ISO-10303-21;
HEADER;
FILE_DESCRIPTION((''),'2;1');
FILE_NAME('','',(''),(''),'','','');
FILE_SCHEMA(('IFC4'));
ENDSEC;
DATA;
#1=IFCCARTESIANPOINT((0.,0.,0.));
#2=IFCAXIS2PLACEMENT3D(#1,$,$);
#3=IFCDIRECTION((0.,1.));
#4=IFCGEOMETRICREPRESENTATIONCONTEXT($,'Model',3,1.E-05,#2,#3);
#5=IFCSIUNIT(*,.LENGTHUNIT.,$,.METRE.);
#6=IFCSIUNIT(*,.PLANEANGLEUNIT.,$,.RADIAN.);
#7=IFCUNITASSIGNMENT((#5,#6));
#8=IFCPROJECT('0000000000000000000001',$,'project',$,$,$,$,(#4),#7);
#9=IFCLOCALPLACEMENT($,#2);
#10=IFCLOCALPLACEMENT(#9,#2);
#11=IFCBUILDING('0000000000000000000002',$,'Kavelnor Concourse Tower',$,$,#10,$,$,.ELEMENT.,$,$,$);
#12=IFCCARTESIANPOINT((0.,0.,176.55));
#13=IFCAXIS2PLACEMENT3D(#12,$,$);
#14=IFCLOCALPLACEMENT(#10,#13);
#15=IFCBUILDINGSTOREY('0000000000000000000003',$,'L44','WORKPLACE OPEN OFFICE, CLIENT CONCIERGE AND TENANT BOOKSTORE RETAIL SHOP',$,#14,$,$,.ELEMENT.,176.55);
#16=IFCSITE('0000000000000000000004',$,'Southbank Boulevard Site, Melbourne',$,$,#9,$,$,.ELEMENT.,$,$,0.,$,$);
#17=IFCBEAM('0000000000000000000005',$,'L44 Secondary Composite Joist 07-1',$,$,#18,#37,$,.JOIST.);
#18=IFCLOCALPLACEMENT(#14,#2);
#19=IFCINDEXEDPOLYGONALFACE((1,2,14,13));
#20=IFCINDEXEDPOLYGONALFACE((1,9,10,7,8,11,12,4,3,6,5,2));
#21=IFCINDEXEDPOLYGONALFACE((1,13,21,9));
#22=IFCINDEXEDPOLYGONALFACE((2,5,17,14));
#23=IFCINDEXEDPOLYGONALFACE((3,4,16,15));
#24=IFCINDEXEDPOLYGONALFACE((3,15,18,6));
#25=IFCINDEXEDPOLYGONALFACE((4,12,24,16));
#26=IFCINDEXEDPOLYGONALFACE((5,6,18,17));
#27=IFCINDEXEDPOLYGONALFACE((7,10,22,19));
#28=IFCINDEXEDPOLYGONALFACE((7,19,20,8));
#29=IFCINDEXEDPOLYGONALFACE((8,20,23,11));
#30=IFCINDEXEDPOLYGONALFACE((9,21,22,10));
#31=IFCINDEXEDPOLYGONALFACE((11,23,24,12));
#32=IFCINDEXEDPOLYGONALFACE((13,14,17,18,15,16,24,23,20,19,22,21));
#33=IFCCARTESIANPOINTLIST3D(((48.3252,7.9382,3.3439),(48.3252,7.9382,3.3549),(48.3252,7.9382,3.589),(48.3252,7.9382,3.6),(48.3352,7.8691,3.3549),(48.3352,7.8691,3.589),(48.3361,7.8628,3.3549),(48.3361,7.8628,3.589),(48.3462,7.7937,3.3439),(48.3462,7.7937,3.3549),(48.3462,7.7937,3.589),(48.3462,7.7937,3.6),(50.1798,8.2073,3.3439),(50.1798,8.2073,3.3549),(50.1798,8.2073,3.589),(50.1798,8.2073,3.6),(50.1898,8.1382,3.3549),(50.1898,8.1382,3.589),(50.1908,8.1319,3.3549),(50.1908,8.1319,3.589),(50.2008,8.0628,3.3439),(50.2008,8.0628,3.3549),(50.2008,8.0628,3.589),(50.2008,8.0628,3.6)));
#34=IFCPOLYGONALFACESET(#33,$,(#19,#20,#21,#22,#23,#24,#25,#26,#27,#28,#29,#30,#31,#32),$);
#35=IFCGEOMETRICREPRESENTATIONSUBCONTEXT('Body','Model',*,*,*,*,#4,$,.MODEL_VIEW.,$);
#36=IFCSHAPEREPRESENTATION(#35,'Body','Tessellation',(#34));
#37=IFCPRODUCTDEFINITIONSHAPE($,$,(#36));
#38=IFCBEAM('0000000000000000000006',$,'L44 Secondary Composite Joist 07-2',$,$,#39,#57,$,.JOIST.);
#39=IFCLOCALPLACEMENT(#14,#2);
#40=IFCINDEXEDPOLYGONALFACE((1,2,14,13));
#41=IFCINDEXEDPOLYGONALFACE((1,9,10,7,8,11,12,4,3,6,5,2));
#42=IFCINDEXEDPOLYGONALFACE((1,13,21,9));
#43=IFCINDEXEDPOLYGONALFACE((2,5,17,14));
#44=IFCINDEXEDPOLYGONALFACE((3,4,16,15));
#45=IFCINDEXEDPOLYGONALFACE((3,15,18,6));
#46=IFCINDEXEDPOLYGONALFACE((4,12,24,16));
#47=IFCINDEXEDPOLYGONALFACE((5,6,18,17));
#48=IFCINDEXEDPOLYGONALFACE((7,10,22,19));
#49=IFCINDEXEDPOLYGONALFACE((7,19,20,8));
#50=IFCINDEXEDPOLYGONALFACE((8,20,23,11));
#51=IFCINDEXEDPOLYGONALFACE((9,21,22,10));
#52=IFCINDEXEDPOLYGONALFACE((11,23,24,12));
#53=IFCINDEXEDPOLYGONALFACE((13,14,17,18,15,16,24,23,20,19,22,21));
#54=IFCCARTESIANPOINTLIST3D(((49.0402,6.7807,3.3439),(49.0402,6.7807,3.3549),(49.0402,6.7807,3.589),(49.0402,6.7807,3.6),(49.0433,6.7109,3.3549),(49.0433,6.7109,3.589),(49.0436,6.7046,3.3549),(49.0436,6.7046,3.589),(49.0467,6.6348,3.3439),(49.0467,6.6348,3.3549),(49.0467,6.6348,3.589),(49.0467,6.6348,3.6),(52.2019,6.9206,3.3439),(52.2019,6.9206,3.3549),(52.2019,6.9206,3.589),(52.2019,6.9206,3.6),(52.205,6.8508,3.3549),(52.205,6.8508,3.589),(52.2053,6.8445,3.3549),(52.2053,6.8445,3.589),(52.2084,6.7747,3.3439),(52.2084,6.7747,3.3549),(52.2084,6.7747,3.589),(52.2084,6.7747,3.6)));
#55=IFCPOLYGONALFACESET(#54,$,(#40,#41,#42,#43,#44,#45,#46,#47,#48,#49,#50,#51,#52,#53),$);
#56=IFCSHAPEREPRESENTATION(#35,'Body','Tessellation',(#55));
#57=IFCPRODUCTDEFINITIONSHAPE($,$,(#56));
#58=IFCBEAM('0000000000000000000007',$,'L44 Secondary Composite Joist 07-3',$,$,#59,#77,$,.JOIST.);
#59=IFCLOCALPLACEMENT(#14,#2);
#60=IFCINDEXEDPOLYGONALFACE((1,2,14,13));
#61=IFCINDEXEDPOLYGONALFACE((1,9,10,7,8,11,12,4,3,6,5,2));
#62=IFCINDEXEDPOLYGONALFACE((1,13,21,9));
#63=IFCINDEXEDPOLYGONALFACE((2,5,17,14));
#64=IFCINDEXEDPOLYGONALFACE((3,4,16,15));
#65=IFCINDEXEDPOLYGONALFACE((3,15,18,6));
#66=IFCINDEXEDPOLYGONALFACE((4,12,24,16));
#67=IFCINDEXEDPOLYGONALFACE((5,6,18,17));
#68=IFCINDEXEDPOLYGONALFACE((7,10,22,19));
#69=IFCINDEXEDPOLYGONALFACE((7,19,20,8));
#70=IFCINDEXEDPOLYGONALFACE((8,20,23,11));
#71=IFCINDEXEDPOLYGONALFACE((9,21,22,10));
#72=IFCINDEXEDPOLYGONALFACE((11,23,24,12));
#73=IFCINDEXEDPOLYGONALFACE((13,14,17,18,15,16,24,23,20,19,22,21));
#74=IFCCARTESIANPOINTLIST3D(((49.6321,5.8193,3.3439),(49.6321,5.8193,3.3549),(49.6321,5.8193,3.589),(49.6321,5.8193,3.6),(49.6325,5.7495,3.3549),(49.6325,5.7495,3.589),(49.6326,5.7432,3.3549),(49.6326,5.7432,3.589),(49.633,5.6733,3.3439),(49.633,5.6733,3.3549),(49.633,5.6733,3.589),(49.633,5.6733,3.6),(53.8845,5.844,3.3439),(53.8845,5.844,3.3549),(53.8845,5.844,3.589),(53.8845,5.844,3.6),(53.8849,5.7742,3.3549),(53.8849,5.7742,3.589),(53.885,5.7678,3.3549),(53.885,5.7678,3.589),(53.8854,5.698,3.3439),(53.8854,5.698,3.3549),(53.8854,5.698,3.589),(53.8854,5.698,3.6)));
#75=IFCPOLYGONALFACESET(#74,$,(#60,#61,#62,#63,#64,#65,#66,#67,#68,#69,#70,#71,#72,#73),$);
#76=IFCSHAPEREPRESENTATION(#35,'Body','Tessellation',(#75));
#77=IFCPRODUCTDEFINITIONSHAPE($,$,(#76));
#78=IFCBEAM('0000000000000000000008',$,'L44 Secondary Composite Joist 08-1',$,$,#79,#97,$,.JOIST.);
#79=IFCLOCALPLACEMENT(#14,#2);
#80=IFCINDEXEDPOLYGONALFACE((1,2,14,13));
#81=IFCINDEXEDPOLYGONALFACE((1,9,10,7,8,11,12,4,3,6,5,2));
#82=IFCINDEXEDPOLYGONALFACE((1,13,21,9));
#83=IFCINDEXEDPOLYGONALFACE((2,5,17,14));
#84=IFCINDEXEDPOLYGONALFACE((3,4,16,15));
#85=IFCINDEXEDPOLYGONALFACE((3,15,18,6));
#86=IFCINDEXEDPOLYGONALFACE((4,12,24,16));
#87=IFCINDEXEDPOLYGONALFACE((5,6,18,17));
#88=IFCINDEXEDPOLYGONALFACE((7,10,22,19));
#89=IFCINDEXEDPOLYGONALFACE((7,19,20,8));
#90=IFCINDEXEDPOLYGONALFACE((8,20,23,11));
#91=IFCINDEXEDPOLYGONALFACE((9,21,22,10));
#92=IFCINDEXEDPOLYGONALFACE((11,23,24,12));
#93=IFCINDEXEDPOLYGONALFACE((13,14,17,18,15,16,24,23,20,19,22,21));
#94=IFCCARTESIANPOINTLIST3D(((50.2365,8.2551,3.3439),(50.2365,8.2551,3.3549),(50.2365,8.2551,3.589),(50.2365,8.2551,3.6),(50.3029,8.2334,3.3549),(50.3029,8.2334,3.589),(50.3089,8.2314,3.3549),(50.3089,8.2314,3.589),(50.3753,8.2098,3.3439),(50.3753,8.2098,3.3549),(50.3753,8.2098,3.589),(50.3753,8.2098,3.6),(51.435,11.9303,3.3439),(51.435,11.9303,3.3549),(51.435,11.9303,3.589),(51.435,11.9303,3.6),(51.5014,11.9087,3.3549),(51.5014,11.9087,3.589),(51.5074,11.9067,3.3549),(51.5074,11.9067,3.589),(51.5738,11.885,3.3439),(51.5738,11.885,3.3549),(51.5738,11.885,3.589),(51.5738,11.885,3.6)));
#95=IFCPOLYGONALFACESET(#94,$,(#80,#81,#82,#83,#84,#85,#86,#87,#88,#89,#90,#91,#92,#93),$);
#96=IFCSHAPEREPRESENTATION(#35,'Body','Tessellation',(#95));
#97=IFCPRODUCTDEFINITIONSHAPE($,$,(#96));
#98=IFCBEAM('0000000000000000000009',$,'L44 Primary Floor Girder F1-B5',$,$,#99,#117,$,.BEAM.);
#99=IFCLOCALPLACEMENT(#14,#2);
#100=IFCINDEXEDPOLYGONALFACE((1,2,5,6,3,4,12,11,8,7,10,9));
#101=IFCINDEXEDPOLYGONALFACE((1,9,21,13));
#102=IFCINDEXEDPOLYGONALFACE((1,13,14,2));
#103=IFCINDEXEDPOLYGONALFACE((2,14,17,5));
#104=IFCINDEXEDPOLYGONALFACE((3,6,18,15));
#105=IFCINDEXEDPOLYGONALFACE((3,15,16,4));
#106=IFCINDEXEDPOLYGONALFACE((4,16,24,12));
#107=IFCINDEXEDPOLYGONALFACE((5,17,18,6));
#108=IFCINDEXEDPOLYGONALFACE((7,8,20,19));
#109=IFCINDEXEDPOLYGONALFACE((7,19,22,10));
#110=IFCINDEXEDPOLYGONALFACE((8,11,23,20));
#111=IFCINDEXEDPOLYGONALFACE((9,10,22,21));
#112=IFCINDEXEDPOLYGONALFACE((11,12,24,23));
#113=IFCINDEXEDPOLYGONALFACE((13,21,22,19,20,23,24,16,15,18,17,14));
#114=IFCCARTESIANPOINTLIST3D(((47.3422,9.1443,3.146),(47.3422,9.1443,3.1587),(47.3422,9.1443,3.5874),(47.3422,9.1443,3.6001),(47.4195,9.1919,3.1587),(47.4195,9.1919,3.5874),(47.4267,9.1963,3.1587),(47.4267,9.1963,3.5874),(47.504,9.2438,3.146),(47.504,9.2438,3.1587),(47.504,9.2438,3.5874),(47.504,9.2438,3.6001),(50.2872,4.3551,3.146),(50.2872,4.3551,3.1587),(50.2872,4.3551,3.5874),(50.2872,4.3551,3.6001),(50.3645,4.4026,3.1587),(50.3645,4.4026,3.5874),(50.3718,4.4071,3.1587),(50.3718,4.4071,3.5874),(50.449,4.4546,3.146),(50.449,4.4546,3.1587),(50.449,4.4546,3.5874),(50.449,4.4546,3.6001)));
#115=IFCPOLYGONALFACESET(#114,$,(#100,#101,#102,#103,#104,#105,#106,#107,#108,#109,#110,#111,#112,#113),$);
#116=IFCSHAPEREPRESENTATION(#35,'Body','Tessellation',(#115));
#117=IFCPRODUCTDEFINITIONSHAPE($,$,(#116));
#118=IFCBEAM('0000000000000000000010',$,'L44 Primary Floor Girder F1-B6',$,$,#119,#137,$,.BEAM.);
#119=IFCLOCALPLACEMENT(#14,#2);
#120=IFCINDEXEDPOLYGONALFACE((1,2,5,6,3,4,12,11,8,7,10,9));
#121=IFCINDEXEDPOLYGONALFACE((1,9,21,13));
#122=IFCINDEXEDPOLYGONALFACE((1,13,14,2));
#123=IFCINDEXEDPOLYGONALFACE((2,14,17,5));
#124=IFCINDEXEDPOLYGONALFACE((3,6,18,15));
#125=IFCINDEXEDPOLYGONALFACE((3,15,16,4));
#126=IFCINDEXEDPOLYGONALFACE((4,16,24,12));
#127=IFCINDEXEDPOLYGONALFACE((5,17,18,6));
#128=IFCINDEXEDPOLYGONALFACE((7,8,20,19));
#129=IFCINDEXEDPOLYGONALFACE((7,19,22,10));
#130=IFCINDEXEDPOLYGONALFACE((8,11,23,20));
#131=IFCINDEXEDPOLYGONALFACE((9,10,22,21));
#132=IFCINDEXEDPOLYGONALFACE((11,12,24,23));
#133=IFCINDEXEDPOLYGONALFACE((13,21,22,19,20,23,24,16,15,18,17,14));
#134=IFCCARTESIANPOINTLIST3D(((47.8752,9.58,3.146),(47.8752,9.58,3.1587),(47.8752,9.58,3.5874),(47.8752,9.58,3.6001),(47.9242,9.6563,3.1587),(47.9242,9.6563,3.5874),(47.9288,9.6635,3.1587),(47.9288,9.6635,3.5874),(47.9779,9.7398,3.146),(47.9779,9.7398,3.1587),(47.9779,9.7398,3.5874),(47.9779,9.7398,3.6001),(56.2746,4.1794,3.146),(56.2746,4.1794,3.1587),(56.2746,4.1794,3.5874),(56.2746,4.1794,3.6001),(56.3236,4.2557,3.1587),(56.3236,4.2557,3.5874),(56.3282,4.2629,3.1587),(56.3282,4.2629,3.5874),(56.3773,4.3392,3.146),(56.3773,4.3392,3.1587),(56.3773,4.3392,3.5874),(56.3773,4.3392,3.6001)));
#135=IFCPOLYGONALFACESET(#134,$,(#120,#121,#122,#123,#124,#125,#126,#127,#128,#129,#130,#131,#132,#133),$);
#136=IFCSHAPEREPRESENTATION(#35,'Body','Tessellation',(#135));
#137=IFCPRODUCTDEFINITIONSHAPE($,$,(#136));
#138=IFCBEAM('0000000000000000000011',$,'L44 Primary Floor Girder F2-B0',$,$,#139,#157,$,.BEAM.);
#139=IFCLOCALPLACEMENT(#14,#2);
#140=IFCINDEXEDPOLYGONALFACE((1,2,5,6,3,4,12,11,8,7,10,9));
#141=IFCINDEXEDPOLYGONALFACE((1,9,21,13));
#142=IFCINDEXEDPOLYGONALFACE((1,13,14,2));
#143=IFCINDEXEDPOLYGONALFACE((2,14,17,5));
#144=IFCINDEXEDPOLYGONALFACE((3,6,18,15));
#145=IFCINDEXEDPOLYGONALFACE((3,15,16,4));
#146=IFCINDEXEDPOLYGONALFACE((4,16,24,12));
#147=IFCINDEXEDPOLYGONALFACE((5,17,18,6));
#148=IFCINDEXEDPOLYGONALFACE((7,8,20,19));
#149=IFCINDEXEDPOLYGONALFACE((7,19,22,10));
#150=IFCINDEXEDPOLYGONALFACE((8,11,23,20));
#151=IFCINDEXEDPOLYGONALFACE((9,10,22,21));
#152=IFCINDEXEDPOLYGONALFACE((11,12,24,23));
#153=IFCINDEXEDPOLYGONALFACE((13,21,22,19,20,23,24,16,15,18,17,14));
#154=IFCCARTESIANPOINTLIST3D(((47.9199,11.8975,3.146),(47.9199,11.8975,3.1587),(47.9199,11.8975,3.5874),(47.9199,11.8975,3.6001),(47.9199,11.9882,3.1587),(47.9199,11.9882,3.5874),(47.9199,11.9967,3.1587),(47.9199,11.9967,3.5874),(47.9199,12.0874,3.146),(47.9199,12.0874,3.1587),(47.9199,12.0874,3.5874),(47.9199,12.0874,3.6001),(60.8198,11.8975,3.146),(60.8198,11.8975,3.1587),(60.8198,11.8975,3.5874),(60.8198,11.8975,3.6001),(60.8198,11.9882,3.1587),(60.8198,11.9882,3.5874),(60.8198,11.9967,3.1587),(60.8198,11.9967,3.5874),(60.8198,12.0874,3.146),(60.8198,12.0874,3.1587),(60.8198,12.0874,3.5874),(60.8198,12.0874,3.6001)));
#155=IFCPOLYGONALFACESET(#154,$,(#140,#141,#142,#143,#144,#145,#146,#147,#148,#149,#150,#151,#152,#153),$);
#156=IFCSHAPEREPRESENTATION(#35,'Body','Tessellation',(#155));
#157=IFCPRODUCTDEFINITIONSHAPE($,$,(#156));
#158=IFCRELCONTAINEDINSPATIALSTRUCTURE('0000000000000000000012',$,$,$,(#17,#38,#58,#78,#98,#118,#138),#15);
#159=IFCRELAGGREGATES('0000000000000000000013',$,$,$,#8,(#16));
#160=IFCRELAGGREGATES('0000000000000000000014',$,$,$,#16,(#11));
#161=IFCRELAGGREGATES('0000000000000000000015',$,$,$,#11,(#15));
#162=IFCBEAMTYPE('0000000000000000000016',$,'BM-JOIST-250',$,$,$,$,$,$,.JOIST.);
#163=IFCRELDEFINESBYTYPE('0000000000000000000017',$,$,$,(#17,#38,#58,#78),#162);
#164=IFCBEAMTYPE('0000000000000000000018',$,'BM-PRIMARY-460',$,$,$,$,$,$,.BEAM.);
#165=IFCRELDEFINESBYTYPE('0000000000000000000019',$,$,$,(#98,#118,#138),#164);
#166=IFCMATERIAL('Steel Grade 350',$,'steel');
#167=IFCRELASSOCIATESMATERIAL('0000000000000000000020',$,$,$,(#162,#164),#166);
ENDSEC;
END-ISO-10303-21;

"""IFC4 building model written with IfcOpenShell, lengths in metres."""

from ifc_helpers import new_model, si_unit, direction, frame, origin, origin_2d, place, context, subcontext, project, spatial, i_section, extrude, material, material_profile, profile_set, type_object, element, save


model = new_model("IFC4")

# Units and contexts
model_context = context("Model", 3, precision=1e-05, world=origin(), true_north=direction((0.0, 1.0)))
body_context = subcontext(model_context, "Body", "Model", "MODEL_VIEW")
ifc_project = project(units=[si_unit("LENGTHUNIT", "METRE"), si_unit("PLANEANGLEUNIT", "RADIAN")], contexts=[model_context])

# Site, building, storey
site_placement = place(None, origin())
site = spatial("IfcSite", under=ifc_project, at=site_placement, Name="Southbank Boulevard Site, Melbourne", CompositionType="ELEMENT", RefElevation=0.0)
building_placement = place(site_placement, origin())
building = spatial("IfcBuilding", under=site, at=building_placement, Name="Kavelnor Concourse Tower", CompositionType="ELEMENT")
storey_placement = place(building_placement, frame((0.0, 0.0, 176.55)))
storey = spatial("IfcBuildingStorey", under=building, at=storey_placement, Name="L44", Description="WORKPLACE OPEN OFFICE, CLIENT CONCIERGE AND TENANT BOOKSTORE RETAIL SHOP", CompositionType="ELEMENT", Elevation=176.55)

# Beams
ifc_material_1 = material(Name="Steel Grade 350", Category="steel")
ifc_material_profile_1 = material_profile(ifc_material_1, i_section(OverallWidth=0.146, OverallDepth=0.2561, WebThickness=0.0063, FlangeThickness=0.011, at=origin_2d()), Name="250UB37")
ifc_profile_set_1 = profile_set([ifc_material_profile_1], Name="Steel Grade 350")
beam_type_1 = type_object("IfcBeamType", Name="BM-JOIST-250", PredefinedType="JOIST", material=ifc_profile_set_1)
beam_1_placement = place(storey_placement, frame((48.3357, 7.866, 3.4719), z_axis=(0.98964, 0.143573, 0.0), x_axis=(-0.143573, 0.98964, 0.0)))
element("IfcBeam", 1, at=beam_1_placement, inside=storey, type_object=beam_type_1, Name="L44 Secondary Composite Joist 07-1", PredefinedType="JOIST", context=body_context, shape_type="SweptSolid", body=[
    extrude(i_section(OverallWidth=0.146, OverallDepth=0.2561, WebThickness=0.0063, FlangeThickness=0.011, at=origin_2d()), origin(), (0.0, 0.0, 1.0), 1.874),
])
beam_2_placement = place(storey_placement, frame((49.0435, 6.7078, 3.4719), z_axis=(0.999023, 0.044204, 0.0), x_axis=(-0.044204, 0.999023, 0.0)))
element("IfcBeam", 2, at=beam_2_placement, inside=storey, type_object=beam_type_1, Name="L44 Secondary Composite Joist 07-2", PredefinedType="JOIST", context=body_context, shape_type="SweptSolid", body=[
    extrude(i_section(OverallWidth=0.146, OverallDepth=0.2561, WebThickness=0.0063, FlangeThickness=0.011, at=origin_2d()), origin(), (0.0, 0.0, 1.0), 3.1648),
])
beam_3_placement = place(storey_placement, frame((49.6326, 5.7463, 3.4719), z_axis=(0.999983, 0.005799, 0.0), x_axis=(-0.005799, 0.999983, 0.0)))
element("IfcBeam", 3, at=beam_3_placement, inside=storey, type_object=beam_type_1, Name="L44 Secondary Composite Joist 07-3", PredefinedType="JOIST", context=body_context, shape_type="SweptSolid", body=[
    extrude(i_section(OverallWidth=0.146, OverallDepth=0.2561, WebThickness=0.0063, FlangeThickness=0.011, at=origin_2d()), origin(), (0.0, 0.0, 1.0), 4.2524),
])
beam_4_placement = place(storey_placement, frame((50.3059, 8.2324, 3.4719), z_axis=(0.310026, 0.950728, 0.0), x_axis=(-0.950728, 0.310026, 0.0)))
element("IfcBeam", 4, at=beam_4_placement, inside=storey, type_object=beam_type_1, Name="L44 Secondary Composite Joist 08-1", PredefinedType="JOIST", context=body_context, shape_type="SweptSolid", body=[
    extrude(i_section(OverallWidth=0.146, OverallDepth=0.2561, WebThickness=0.0063, FlangeThickness=0.011, at=origin_2d()), origin(), (0.0, 0.0, 1.0), 3.8657),
])
ifc_material_profile_2 = material_profile(ifc_material_1, i_section(OverallWidth=0.1899, OverallDepth=0.4541, WebThickness=0.0085, FlangeThickness=0.0127, at=origin_2d()), Name="460UB67")
ifc_profile_set_2 = profile_set([ifc_material_profile_2], Name="Steel Grade 350")
beam_type_2 = type_object("IfcBeamType", Name="BM-PRIMARY-460", PredefinedType="BEAM", material=ifc_profile_set_2)
beam_5_placement = place(storey_placement, frame((47.4231, 9.1941, 3.373), z_axis=(0.523814, -0.851833, 0.0), x_axis=(0.851833, 0.523814, 0.0)))
element("IfcBeam", 5, at=beam_5_placement, inside=storey, type_object=beam_type_2, Name="L44 Primary Floor Girder F1-B5", PredefinedType="BEAM", context=body_context, shape_type="SweptSolid", body=[
    extrude(i_section(OverallWidth=0.1899, OverallDepth=0.4541, WebThickness=0.0085, FlangeThickness=0.0127, at=origin_2d()), origin(), (0.0, 0.0, 1.0), 5.6223),
])
beam_6_placement = place(storey_placement, frame((47.9265, 9.6599, 3.373), z_axis=(0.841132, -0.540829, 0.0), x_axis=(0.540829, 0.841132, 0.0)))
element("IfcBeam", 6, at=beam_6_placement, inside=storey, type_object=beam_type_2, Name="L44 Primary Floor Girder F1-B6", PredefinedType="BEAM", context=body_context, shape_type="SweptSolid", body=[
    extrude(i_section(OverallWidth=0.1899, OverallDepth=0.4541, WebThickness=0.0085, FlangeThickness=0.0127, at=origin_2d()), origin(), (0.0, 0.0, 1.0), 9.9858),
])
beam_7_placement = place(storey_placement, frame((47.9199, 11.9924, 3.373), z_axis=(1.0, 0.0, 0.0), x_axis=(0.0, 1.0, 0.0)))
element("IfcBeam", 7, at=beam_7_placement, inside=storey, type_object=beam_type_2, Name="L44 Primary Floor Girder F2-B0", PredefinedType="BEAM", context=body_context, shape_type="SweptSolid", body=[
    extrude(i_section(OverallWidth=0.1899, OverallDepth=0.4541, WebThickness=0.0085, FlangeThickness=0.0127, at=origin_2d()), origin(), (0.0, 0.0, 1.0), 12.8999),
])

save(model, "model.ifc")
